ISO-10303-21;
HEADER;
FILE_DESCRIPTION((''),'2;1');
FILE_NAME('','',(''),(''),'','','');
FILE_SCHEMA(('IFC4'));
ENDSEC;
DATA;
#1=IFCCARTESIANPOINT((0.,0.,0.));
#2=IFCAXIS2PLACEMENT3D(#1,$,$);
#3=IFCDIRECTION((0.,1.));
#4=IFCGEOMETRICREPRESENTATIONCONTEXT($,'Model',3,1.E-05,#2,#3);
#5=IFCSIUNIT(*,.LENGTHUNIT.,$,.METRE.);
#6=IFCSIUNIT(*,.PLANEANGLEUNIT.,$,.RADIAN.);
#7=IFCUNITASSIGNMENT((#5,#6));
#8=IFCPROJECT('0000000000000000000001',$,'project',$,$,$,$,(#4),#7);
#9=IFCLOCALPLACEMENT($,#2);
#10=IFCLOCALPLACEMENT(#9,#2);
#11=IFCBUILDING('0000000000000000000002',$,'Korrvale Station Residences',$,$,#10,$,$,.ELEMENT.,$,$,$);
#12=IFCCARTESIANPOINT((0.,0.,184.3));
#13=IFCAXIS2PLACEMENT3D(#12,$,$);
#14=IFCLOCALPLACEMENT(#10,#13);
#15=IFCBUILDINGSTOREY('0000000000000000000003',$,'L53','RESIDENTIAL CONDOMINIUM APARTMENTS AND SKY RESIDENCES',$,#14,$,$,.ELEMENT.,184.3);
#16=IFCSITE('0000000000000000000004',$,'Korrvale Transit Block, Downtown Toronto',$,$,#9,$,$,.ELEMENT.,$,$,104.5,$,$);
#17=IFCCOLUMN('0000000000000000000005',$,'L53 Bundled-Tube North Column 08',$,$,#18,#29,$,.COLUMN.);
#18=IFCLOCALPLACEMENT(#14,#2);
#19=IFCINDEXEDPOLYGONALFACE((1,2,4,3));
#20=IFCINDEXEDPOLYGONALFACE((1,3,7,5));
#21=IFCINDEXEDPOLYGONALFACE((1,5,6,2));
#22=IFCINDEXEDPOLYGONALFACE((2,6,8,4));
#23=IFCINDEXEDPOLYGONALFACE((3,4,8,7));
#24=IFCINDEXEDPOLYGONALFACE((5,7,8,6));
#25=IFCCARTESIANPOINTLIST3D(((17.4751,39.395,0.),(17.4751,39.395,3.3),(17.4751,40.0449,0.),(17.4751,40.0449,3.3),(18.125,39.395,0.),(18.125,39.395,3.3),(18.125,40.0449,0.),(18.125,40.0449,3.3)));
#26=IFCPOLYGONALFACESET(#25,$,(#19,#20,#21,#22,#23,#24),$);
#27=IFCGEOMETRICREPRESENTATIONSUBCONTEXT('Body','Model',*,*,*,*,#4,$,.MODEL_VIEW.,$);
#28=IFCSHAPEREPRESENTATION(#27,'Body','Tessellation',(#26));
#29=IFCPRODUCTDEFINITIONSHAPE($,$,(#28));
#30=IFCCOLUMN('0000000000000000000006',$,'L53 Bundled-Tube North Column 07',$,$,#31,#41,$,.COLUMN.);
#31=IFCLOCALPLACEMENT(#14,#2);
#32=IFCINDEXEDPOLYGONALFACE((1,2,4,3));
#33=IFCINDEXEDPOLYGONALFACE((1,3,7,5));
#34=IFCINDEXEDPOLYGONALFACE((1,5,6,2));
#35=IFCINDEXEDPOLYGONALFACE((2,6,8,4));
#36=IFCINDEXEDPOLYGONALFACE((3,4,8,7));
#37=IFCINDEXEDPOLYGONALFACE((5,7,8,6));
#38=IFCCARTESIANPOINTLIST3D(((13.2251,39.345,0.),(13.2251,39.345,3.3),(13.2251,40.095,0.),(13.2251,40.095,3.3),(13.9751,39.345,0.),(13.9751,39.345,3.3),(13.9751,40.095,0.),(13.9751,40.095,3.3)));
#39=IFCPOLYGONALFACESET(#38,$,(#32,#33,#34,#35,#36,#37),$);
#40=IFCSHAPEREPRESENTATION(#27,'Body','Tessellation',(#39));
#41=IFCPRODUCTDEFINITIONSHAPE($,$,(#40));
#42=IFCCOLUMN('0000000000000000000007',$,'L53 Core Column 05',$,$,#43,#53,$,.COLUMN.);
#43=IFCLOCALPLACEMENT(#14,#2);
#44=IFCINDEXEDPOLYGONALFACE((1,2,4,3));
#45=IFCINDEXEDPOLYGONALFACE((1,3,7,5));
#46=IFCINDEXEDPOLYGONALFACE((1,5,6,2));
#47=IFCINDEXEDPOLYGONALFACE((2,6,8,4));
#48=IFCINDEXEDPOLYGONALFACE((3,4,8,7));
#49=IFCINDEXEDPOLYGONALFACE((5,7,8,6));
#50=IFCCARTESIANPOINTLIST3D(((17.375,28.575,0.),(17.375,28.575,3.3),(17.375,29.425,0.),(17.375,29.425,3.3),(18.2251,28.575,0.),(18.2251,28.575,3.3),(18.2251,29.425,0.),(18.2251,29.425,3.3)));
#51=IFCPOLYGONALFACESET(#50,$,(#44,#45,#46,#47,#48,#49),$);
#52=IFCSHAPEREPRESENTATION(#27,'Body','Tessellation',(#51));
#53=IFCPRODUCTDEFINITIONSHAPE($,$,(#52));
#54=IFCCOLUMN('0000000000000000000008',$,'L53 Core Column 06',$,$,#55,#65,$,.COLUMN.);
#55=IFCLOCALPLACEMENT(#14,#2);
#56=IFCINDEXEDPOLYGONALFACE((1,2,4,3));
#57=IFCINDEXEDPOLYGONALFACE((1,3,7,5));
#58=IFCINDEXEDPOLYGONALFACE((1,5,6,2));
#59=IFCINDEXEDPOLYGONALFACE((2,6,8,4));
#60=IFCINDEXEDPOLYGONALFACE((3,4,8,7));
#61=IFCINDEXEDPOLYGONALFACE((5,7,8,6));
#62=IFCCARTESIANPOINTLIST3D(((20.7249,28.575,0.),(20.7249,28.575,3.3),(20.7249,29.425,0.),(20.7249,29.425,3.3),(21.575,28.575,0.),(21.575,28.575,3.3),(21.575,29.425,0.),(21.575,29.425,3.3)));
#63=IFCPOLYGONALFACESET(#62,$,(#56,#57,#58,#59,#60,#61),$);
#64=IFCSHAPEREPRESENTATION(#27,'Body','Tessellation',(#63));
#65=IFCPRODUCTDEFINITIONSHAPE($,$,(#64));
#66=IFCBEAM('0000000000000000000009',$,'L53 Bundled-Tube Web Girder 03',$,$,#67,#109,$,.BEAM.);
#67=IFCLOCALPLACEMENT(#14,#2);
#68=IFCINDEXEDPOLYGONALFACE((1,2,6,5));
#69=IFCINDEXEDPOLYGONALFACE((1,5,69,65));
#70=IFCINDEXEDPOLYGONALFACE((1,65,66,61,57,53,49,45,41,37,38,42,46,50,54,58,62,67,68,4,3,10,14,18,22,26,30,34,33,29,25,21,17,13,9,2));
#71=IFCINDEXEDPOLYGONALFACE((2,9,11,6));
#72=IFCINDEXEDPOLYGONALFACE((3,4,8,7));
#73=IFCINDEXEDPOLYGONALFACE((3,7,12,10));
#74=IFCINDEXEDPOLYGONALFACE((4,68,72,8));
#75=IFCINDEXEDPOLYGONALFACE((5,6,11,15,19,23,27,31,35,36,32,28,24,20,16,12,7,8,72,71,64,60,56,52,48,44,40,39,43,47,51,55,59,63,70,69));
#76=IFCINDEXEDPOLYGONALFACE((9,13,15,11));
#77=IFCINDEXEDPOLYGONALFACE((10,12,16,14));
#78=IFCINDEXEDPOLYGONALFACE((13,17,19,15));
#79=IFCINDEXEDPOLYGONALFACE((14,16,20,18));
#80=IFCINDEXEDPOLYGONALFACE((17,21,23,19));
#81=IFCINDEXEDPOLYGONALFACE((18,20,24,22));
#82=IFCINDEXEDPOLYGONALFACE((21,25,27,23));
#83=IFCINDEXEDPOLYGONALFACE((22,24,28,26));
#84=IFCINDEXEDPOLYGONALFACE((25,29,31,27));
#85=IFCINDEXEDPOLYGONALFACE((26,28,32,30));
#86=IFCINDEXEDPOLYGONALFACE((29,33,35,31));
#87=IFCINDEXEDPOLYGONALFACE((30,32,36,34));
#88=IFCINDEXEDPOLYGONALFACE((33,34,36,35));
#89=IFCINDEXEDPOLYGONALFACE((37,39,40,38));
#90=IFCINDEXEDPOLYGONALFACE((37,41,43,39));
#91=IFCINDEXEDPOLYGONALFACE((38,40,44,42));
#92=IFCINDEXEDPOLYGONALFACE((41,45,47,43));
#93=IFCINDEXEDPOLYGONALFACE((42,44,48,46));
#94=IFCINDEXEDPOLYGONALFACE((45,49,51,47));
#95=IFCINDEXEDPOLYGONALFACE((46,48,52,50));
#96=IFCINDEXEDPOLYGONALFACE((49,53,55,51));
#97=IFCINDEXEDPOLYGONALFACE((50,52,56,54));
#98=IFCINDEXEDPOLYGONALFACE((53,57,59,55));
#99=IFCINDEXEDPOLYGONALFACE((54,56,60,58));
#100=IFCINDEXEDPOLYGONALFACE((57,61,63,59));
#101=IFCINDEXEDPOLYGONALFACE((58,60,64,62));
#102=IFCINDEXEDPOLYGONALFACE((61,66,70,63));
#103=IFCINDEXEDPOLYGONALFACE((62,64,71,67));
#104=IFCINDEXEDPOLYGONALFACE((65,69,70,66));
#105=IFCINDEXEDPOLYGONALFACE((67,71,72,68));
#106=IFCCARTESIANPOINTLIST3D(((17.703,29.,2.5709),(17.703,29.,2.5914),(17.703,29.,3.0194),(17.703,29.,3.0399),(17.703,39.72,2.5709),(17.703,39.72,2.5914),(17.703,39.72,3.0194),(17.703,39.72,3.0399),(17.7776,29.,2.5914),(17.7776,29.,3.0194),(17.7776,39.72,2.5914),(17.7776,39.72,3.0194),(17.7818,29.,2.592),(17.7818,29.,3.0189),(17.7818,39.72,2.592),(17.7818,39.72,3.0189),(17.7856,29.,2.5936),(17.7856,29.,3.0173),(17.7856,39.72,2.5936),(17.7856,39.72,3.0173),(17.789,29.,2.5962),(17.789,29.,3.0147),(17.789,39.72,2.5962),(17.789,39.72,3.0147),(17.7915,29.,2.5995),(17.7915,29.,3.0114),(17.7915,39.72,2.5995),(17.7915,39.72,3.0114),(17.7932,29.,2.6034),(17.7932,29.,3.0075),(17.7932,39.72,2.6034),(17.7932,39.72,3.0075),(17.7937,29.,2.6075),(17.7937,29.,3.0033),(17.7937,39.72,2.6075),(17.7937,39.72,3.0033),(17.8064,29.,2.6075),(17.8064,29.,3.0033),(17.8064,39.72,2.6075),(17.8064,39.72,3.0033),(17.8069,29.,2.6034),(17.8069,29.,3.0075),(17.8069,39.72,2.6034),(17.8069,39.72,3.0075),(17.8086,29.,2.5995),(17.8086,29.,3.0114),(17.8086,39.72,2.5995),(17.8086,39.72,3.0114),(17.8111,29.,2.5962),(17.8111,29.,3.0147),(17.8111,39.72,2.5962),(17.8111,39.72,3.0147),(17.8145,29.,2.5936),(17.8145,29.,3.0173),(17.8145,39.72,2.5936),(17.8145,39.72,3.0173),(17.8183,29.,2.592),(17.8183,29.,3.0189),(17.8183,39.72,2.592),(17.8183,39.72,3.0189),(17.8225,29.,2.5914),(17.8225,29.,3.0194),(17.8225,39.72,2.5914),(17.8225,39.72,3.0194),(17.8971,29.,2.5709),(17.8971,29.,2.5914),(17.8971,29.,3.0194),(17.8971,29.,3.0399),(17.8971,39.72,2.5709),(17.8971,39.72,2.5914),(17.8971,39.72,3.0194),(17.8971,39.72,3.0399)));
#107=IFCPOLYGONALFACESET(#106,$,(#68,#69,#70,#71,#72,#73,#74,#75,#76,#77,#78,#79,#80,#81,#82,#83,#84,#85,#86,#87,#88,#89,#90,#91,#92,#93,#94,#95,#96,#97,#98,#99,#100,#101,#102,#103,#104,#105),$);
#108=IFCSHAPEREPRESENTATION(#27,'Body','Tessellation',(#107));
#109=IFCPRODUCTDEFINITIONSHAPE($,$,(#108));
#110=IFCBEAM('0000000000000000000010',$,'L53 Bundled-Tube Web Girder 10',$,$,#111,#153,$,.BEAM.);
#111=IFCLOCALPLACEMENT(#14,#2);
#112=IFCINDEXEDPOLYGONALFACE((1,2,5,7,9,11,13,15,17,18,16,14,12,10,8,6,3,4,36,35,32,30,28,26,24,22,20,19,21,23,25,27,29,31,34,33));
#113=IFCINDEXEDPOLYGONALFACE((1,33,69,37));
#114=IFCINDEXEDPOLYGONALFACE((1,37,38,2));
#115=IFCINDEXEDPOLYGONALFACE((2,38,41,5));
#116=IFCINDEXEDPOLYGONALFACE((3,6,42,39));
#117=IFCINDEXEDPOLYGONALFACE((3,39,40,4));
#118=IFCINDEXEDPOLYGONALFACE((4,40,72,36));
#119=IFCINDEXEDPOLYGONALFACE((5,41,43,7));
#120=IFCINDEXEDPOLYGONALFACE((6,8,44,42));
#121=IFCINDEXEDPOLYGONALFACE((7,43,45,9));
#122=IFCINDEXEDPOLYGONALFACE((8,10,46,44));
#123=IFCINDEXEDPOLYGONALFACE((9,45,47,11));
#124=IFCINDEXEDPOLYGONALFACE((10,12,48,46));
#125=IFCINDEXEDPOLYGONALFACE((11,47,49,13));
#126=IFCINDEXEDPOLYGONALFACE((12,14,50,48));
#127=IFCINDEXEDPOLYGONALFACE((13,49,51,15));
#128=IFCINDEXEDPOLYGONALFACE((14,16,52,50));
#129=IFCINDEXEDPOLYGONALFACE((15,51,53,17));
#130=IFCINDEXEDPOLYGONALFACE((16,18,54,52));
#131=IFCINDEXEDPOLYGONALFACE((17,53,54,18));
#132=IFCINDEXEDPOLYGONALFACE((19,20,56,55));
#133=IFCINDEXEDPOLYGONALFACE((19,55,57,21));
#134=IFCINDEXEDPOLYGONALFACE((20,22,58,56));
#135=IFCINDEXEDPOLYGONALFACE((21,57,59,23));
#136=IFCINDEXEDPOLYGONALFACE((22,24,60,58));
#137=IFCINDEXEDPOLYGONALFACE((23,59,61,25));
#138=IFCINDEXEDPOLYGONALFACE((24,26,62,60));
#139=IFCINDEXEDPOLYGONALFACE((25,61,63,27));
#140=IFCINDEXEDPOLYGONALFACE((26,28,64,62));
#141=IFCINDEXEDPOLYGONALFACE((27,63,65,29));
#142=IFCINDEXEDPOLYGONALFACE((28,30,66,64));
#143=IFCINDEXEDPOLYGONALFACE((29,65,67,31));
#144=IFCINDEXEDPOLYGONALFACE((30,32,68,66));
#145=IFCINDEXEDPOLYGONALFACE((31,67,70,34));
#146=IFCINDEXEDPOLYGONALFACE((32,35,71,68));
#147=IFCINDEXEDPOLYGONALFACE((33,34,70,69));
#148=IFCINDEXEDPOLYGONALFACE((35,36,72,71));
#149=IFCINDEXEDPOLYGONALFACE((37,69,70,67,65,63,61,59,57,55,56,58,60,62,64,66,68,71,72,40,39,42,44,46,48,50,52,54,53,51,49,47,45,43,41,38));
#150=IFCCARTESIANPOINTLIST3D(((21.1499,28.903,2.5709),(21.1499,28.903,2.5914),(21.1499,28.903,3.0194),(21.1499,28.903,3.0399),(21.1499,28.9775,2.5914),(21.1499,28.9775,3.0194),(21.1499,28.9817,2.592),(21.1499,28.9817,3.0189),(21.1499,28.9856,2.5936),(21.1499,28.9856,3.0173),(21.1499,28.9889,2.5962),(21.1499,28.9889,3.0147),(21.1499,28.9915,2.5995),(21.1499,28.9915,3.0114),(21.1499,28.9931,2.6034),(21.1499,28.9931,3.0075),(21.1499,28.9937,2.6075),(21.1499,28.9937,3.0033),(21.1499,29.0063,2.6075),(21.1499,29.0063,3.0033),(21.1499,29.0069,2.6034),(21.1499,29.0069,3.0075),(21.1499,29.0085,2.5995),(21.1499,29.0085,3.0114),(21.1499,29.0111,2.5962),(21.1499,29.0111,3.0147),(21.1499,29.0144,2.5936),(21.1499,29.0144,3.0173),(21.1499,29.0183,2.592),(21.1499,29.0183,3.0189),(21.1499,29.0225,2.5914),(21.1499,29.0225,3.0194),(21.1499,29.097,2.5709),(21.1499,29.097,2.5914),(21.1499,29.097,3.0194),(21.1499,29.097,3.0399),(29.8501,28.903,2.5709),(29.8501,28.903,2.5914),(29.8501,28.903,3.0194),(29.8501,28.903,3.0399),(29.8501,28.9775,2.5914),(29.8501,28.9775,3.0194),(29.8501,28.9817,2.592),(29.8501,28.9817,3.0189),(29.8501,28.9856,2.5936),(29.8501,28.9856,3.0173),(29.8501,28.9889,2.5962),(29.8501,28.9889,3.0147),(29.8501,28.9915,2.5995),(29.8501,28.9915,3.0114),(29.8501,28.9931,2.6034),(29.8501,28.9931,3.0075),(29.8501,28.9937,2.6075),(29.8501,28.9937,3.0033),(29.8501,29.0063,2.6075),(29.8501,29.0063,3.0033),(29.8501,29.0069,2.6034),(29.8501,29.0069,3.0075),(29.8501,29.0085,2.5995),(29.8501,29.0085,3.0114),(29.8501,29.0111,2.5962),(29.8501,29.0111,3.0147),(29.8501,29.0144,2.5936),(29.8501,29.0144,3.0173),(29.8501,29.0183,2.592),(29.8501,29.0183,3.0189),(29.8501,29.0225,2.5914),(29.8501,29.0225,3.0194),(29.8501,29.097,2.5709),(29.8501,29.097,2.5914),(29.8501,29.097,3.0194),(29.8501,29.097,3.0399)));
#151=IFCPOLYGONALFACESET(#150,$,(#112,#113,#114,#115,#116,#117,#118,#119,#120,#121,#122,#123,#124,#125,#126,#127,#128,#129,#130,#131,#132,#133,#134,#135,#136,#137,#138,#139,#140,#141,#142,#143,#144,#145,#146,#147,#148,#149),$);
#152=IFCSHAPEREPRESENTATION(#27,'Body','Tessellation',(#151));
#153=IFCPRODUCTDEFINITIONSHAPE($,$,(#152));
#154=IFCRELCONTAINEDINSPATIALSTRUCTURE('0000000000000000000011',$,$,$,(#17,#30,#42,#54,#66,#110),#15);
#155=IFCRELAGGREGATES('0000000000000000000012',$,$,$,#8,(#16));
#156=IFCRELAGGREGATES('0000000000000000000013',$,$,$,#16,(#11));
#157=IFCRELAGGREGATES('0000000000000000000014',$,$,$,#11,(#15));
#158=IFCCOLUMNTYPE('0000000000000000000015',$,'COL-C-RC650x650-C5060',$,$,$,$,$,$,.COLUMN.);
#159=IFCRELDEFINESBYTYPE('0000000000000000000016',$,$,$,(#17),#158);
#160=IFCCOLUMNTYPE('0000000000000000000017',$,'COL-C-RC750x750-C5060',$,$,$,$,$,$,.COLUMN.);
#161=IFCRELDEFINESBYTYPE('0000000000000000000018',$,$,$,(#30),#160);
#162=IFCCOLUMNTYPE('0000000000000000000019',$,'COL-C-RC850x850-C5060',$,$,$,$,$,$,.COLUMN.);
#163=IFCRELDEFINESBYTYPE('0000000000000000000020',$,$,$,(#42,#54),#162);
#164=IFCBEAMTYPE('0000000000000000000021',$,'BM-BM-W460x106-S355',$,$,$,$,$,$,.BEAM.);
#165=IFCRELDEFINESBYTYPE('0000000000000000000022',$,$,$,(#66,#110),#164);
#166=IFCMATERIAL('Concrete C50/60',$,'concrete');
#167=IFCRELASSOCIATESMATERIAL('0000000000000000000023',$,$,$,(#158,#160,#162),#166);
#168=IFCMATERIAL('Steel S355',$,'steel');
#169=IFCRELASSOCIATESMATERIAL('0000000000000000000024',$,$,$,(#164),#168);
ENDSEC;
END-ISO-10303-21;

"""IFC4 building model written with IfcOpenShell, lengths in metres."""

from ifc_helpers import new_model, si_unit, direction, frame, origin, origin_2d, place, context, subcontext, project, spatial, rectangle, i_section, extrude, material, material_profile, profile_set, type_object, element, save


model = new_model("IFC4")

# Units and contexts
model_context = context("Model", 3, precision=1e-05, world=origin(), true_north=direction((0.0, 1.0)))
body_context = subcontext(model_context, "Body", "Model", "MODEL_VIEW")
ifc_project = project(units=[si_unit("LENGTHUNIT", "METRE"), si_unit("PLANEANGLEUNIT", "RADIAN")], contexts=[model_context])

# Site, building, storey
site_placement = place(None, origin())
site = spatial("IfcSite", under=ifc_project, at=site_placement, Name="Korrvale Transit Block, Downtown Toronto", CompositionType="ELEMENT", RefElevation=104.5)
building_placement = place(site_placement, origin())
building = spatial("IfcBuilding", under=site, at=building_placement, Name="Korrvale Station Residences", CompositionType="ELEMENT")
storey_placement = place(building_placement, frame((0.0, 0.0, 184.3)))
storey = spatial("IfcBuildingStorey", under=building, at=storey_placement, Name="L53", Description="RESIDENTIAL CONDOMINIUM APARTMENTS AND SKY RESIDENCES", CompositionType="ELEMENT", Elevation=184.3)

# Columns
ifc_material_1 = material(Name="Concrete C50/60", Category="concrete")
ifc_material_profile_1 = material_profile(ifc_material_1, rectangle(XDim=0.6499, YDim=0.6499, at=origin_2d()), Name="RC650x650")
ifc_profile_set_1 = profile_set([ifc_material_profile_1], Name="Concrete C50/60")
column_type_1 = type_object("IfcColumnType", Name="COL-C-RC650x650-C5060", PredefinedType="COLUMN", material=ifc_profile_set_1)
column_1_placement = place(storey_placement, frame((17.8, 39.72, 0.0), z_axis=(0.0, 0.0, 1.0), x_axis=(1.0, 0.0, 0.0)))
element("IfcColumn", 1, at=column_1_placement, inside=storey, type_object=column_type_1, Name="L53 Bundled-Tube North Column 08", PredefinedType="COLUMN", context=body_context, shape_type="SweptSolid", body=[
    extrude(rectangle(XDim=0.6499, YDim=0.6499, at=origin_2d()), origin(), (0.0, 0.0, 1.0), 3.3),
])
ifc_material_profile_2 = material_profile(ifc_material_1, rectangle(XDim=0.75, YDim=0.75, at=origin_2d()), Name="RC750x750")
ifc_profile_set_2 = profile_set([ifc_material_profile_2], Name="Concrete C50/60")
column_type_2 = type_object("IfcColumnType", Name="COL-C-RC750x750-C5060", PredefinedType="COLUMN", material=ifc_profile_set_2)
column_2_placement = place(storey_placement, frame((13.6001, 39.72, 0.0), z_axis=(0.0, 0.0, 1.0), x_axis=(1.0, 0.0, 0.0)))
element("IfcColumn", 2, at=column_2_placement, inside=storey, type_object=column_type_2, Name="L53 Bundled-Tube North Column 07", PredefinedType="COLUMN", context=body_context, shape_type="SweptSolid", body=[
    extrude(rectangle(XDim=0.75, YDim=0.75, at=origin_2d()), origin(), (0.0, 0.0, 1.0), 3.3),
])
ifc_material_profile_3 = material_profile(ifc_material_1, rectangle(XDim=0.8501, YDim=0.8501, at=origin_2d()), Name="RC850x850")
ifc_profile_set_3 = profile_set([ifc_material_profile_3], Name="Concrete C50/60")
column_type_3 = type_object("IfcColumnType", Name="COL-C-RC850x850-C5060", PredefinedType="COLUMN", material=ifc_profile_set_3)
for number, where, z_axis, x_axis, name in (
    (3, (17.8, 29.0, 0.0), (0.0, 0.0, 1.0), (1.0, 0.0, 0.0), "L53 Core Column 05"),
    (4, (21.1499, 29.0, 0.0), (0.0, 0.0, 1.0), (1.0, 0.0, 0.0), "L53 Core Column 06"),
):
    element("IfcColumn", number, at=place(storey_placement, frame(where, z_axis=z_axis, x_axis=x_axis)), inside=storey, type_object=column_type_3, Name=name, PredefinedType="COLUMN", context=body_context, shape_type="SweptSolid", body=[
        extrude(rectangle(XDim=0.8501, YDim=0.8501, at=origin_2d()), origin(), (0.0, 0.0, 1.0), 3.3),
    ])

# Beams
ifc_material_2 = material(Name="Steel S355", Category="steel")
ifc_material_profile_4 = material_profile(ifc_material_2, i_section(OverallWidth=0.1941, OverallDepth=0.469, WebThickness=0.0127, FlangeThickness=0.0205, FilletRadius=0.0161, at=origin_2d()), Name="W460x106")
ifc_profile_set_4 = profile_set([ifc_material_profile_4], Name="Steel S355")
beam_type_1 = type_object("IfcBeamType", Name="BM-BM-W460x106-S355", PredefinedType="BEAM", material=ifc_profile_set_4)
beam_1_placement = place(storey_placement, frame((17.8, 29.0, 2.8054), z_axis=(0.0, 1.0, 0.0), x_axis=(-1.0, 0.0, 0.0)))
element("IfcBeam", 5, at=beam_1_placement, inside=storey, type_object=beam_type_1, Name="L53 Bundled-Tube Web Girder 03", PredefinedType="BEAM", context=body_context, shape_type="SweptSolid", body=[
    extrude(i_section(OverallWidth=0.1941, OverallDepth=0.469, WebThickness=0.0127, FlangeThickness=0.0205, FilletRadius=0.0161, at=origin_2d()), origin(), (0.0, 0.0, 1.0), 10.72),
])
beam_2_placement = place(storey_placement, frame((21.1499, 29.0, 2.8054), z_axis=(1.0, 0.0, 0.0), x_axis=(0.0, 1.0, 0.0)))
element("IfcBeam", 6, at=beam_2_placement, inside=storey, type_object=beam_type_1, Name="L53 Bundled-Tube Web Girder 10", PredefinedType="BEAM", context=body_context, shape_type="SweptSolid", body=[
    extrude(i_section(OverallWidth=0.1941, OverallDepth=0.469, WebThickness=0.0127, FlangeThickness=0.0205, FilletRadius=0.0161, at=origin_2d()), origin(), (0.0, 0.0, 1.0), 8.7002),
])

save(model, "model.ifc")
